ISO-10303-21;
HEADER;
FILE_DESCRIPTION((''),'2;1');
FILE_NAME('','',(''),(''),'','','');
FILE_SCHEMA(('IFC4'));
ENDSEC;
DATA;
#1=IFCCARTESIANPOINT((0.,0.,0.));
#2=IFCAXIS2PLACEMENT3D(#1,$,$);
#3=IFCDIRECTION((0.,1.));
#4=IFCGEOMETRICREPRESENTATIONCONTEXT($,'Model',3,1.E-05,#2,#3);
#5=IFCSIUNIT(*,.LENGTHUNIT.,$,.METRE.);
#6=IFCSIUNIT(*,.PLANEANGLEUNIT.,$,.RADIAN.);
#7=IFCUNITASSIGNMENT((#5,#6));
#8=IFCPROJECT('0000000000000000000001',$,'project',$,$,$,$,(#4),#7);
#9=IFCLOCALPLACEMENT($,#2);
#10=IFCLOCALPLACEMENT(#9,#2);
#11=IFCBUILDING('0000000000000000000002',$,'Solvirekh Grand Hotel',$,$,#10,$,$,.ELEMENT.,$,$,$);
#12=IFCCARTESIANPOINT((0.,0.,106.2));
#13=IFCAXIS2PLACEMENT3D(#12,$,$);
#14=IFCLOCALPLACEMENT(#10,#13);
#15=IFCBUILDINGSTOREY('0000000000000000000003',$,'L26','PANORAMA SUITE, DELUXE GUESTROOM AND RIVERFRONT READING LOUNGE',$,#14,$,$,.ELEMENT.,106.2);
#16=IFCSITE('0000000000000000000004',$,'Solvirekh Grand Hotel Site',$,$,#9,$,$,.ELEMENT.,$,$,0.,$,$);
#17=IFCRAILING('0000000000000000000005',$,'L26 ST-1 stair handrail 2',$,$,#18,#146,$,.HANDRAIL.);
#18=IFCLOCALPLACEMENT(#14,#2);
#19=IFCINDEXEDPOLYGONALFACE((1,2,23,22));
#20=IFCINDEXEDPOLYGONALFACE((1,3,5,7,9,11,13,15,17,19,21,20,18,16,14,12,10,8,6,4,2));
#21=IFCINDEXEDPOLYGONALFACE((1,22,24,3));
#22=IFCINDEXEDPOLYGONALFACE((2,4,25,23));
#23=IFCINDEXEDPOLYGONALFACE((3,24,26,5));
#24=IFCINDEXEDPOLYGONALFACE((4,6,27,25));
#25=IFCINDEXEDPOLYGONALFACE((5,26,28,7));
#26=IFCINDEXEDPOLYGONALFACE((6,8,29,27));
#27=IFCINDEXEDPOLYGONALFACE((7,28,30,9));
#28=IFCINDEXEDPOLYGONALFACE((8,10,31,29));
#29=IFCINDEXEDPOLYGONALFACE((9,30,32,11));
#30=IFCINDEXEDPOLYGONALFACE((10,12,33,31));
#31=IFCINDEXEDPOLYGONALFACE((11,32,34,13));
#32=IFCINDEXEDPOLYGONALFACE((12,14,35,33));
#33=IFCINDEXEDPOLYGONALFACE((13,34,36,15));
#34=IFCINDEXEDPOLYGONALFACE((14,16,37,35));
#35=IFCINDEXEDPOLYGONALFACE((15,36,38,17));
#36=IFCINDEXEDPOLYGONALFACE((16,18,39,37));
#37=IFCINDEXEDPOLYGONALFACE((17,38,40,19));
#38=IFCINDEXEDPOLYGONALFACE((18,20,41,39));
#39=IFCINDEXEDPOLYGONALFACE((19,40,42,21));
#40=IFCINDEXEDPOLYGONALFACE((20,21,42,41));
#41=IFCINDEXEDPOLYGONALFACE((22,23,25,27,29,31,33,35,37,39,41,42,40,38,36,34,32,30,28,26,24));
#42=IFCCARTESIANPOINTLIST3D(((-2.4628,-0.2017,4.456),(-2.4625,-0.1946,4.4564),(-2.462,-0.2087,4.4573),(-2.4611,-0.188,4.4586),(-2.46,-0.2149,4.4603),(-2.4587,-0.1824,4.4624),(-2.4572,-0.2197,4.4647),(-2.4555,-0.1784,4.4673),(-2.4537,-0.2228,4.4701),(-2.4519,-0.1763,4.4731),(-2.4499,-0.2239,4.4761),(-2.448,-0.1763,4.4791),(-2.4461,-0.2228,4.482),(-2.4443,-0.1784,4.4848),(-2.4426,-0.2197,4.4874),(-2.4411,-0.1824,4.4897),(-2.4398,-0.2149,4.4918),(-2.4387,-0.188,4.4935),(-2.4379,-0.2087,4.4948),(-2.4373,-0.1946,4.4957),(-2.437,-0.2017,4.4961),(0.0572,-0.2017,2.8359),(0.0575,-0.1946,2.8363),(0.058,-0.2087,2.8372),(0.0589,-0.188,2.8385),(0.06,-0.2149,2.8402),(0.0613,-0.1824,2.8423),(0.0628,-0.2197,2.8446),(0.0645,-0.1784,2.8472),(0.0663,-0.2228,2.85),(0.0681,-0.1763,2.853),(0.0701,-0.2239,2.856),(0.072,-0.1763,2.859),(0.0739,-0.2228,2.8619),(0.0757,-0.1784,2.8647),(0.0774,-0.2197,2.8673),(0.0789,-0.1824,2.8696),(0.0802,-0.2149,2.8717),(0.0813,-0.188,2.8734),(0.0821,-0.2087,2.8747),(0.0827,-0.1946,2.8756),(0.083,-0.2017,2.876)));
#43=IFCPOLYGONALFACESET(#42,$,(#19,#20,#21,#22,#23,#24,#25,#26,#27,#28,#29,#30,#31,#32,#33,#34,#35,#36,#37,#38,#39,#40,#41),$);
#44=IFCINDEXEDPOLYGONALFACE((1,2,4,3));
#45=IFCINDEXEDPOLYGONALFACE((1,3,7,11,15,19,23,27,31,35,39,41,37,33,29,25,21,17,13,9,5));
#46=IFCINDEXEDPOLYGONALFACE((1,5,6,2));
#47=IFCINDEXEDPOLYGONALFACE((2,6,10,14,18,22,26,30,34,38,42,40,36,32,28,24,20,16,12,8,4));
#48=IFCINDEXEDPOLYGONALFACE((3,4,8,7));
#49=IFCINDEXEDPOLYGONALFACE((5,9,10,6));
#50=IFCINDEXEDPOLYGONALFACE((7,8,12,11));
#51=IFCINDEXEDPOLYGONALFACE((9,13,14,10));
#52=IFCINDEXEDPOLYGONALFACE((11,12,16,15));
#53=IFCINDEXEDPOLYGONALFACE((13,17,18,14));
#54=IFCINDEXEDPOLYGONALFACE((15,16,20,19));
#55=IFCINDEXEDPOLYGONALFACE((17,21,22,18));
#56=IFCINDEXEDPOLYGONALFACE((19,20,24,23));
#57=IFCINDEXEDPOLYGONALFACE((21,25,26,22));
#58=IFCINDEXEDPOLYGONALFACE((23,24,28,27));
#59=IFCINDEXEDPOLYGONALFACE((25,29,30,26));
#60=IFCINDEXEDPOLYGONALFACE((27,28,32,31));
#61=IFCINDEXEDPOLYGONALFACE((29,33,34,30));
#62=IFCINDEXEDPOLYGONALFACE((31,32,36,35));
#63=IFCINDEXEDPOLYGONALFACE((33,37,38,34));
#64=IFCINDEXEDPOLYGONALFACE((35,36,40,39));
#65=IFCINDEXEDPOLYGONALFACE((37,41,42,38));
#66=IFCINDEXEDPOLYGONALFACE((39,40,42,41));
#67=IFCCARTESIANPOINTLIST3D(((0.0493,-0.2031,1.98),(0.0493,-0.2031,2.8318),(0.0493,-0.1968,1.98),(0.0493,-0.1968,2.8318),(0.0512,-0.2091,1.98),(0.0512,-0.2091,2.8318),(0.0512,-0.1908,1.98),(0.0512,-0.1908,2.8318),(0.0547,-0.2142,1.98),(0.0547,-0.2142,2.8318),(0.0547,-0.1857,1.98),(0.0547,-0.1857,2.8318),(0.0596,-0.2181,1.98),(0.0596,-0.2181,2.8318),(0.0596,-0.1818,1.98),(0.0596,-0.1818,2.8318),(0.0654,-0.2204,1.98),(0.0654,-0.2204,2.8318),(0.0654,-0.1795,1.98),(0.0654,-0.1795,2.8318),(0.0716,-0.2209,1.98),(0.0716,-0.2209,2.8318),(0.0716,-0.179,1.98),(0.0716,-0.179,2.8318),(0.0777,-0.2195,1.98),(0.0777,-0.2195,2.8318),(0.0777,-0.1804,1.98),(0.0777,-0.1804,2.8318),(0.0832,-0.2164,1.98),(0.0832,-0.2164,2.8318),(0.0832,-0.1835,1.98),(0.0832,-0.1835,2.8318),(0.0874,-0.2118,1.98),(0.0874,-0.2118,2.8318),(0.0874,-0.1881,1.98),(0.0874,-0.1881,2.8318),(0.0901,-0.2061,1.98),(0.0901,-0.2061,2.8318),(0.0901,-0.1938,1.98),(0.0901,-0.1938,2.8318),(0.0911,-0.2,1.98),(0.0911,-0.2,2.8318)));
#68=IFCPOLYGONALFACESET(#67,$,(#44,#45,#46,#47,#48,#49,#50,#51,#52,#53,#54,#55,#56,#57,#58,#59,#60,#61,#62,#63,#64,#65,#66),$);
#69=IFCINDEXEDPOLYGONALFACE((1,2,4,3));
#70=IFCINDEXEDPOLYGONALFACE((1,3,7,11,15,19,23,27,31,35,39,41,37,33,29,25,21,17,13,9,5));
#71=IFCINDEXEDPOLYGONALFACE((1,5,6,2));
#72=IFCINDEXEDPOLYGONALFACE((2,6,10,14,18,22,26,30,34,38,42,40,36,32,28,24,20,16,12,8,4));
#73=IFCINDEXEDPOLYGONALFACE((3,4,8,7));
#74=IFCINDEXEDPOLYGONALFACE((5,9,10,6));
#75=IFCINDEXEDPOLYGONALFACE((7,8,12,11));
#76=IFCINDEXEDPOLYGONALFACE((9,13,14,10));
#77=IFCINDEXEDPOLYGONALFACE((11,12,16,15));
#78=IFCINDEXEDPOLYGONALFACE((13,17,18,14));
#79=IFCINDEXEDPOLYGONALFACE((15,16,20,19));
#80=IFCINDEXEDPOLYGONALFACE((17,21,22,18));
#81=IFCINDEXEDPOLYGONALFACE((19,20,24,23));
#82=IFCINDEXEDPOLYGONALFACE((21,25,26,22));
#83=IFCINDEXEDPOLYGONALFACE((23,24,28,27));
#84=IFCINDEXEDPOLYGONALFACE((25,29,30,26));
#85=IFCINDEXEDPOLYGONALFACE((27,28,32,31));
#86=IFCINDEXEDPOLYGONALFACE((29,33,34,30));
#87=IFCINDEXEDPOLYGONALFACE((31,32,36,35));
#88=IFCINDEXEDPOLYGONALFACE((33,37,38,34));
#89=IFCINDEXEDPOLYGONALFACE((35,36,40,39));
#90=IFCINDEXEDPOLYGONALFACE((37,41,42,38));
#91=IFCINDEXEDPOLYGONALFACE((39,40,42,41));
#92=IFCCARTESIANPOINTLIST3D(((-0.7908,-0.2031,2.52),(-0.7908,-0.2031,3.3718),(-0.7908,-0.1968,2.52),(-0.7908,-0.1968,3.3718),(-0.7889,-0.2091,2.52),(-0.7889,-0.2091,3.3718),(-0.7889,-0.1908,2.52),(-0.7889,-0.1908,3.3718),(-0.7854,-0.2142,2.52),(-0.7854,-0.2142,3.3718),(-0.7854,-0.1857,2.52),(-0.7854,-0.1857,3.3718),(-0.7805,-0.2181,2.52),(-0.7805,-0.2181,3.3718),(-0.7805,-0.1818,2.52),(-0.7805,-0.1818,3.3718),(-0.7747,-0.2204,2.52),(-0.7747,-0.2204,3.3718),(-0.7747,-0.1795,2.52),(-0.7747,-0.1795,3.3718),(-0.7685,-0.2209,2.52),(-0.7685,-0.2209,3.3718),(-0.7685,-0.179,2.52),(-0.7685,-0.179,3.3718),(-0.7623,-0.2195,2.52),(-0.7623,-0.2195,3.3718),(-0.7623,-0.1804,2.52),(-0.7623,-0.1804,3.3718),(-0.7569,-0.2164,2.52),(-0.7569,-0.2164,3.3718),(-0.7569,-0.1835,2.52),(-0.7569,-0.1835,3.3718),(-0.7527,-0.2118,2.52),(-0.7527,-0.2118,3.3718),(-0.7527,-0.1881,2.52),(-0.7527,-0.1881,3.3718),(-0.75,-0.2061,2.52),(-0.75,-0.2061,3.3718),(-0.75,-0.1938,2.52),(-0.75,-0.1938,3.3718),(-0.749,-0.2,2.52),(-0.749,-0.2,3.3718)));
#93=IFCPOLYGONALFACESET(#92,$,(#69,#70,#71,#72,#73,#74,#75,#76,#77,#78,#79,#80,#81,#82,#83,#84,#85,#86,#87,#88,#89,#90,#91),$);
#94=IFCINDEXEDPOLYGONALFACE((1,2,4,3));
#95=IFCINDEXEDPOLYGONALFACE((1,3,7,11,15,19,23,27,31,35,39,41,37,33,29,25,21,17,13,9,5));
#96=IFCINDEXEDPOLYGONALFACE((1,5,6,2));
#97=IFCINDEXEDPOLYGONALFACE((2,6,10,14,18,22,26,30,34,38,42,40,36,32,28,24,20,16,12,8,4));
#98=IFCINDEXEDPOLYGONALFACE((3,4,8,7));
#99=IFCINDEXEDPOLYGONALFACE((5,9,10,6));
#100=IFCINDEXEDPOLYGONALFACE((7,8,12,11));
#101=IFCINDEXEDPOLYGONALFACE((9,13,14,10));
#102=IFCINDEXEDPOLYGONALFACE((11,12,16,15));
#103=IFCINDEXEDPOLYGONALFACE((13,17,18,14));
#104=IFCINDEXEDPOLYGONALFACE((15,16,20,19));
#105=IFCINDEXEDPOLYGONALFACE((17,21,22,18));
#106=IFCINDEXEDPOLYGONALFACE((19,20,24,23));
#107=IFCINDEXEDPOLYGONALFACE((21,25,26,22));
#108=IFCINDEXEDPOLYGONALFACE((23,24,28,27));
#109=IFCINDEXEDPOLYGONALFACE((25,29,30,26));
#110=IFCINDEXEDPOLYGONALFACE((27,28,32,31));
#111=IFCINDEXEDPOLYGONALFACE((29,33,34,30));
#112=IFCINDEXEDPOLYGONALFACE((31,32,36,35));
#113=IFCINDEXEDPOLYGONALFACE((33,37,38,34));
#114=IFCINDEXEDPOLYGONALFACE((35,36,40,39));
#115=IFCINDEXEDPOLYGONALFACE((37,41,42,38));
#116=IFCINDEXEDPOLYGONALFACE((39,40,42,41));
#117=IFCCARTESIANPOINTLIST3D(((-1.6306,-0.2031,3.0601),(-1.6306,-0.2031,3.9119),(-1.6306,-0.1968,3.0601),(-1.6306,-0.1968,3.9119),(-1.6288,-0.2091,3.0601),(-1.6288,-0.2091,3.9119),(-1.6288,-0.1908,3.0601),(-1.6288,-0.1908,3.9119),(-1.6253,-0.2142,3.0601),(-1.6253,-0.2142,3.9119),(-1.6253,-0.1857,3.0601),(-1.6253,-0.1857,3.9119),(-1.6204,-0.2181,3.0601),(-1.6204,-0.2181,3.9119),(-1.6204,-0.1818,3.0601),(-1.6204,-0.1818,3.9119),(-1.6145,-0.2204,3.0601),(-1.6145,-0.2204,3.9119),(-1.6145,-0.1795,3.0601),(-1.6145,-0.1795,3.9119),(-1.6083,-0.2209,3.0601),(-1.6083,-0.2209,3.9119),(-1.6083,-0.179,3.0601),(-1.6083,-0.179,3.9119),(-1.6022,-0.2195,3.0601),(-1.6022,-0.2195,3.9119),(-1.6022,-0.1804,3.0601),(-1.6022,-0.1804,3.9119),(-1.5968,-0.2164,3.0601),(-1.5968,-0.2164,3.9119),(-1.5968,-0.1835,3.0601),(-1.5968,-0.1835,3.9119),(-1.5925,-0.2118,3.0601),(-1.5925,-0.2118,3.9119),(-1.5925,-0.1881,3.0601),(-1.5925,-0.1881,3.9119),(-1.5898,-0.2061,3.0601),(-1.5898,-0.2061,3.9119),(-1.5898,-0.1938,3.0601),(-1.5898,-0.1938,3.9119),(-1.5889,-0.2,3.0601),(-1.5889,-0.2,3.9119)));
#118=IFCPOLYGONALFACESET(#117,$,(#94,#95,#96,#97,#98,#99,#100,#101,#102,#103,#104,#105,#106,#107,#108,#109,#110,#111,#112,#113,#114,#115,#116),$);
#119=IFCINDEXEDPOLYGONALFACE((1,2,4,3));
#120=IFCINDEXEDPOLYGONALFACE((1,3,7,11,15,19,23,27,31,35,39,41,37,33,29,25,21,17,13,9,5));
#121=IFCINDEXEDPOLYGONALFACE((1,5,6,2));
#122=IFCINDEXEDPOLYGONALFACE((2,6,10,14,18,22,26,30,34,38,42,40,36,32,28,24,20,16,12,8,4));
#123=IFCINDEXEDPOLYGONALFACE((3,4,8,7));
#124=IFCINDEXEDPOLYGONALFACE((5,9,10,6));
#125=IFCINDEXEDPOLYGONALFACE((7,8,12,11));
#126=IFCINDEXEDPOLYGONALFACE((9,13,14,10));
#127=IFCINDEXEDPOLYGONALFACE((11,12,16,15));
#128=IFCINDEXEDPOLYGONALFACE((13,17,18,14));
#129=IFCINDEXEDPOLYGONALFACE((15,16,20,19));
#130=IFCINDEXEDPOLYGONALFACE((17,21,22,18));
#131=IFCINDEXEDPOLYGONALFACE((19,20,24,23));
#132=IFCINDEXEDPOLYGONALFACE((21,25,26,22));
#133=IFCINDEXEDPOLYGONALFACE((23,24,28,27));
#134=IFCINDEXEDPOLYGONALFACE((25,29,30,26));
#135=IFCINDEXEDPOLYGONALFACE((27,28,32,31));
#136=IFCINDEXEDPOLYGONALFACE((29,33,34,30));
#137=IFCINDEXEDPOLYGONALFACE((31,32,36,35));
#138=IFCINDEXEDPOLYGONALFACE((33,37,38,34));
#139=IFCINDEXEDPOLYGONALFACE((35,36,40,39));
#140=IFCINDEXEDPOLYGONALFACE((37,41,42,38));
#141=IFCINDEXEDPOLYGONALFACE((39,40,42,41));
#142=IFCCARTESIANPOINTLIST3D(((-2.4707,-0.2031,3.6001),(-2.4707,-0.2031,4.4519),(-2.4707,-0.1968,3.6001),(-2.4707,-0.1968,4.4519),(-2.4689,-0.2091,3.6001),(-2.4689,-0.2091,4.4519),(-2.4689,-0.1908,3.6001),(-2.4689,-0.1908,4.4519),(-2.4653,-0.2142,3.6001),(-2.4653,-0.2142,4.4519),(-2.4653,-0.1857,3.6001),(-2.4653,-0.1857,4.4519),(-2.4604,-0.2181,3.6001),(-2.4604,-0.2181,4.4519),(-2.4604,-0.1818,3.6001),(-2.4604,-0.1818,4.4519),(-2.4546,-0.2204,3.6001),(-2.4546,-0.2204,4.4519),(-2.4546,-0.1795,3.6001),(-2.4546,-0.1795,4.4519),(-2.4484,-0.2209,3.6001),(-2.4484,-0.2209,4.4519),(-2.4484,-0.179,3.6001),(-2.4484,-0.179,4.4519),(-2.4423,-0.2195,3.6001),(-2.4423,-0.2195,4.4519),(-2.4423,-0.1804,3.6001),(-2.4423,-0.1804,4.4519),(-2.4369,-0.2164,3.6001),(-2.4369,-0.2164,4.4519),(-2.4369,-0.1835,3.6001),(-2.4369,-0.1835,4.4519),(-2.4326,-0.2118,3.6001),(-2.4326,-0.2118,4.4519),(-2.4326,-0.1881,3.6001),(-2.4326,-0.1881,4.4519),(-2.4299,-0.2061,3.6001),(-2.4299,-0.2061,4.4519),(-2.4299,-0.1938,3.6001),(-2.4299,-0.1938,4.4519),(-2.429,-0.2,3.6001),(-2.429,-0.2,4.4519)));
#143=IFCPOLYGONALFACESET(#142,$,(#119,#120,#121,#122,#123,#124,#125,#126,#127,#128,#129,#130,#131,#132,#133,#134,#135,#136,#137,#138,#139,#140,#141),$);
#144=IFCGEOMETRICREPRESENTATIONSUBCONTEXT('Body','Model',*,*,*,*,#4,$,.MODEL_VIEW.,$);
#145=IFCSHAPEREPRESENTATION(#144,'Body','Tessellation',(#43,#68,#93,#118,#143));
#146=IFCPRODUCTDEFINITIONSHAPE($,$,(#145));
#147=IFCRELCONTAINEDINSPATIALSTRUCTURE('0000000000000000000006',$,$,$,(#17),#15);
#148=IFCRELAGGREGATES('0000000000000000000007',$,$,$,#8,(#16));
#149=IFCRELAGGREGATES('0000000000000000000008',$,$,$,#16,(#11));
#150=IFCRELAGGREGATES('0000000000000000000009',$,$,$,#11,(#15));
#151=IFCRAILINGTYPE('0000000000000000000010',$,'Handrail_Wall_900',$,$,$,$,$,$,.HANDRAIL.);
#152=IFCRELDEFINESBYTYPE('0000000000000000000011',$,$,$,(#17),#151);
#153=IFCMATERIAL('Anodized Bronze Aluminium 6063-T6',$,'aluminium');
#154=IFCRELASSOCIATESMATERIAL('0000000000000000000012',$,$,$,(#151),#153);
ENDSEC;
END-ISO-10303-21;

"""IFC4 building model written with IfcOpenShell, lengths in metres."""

from ifc_helpers import new_model, si_unit, direction, frame, origin, origin_2d, place, context, subcontext, project, spatial, circle, extrude, material, type_object, element, save


model = new_model("IFC4")

# Units and contexts
model_context = context("Model", 3, precision=1e-05, world=origin(), true_north=direction((0.0, 1.0)))
body_context = subcontext(model_context, "Body", "Model", "MODEL_VIEW")
ifc_project = project(units=[si_unit("LENGTHUNIT", "METRE"), si_unit("PLANEANGLEUNIT", "RADIAN")], contexts=[model_context])

# Site, building, storey
site_placement = place(None, origin())
site = spatial("IfcSite", under=ifc_project, at=site_placement, Name="Solvirekh Grand Hotel Site", CompositionType="ELEMENT", RefElevation=0.0)
building_placement = place(site_placement, origin())
building = spatial("IfcBuilding", under=site, at=building_placement, Name="Solvirekh Grand Hotel", CompositionType="ELEMENT")
storey_placement = place(building_placement, frame((0.0, 0.0, 106.2)))
storey = spatial("IfcBuildingStorey", under=building, at=storey_placement, Name="L26", Description="PANORAMA SUITE, DELUXE GUESTROOM AND RIVERFRONT READING LOUNGE", CompositionType="ELEMENT", Elevation=106.2)

# Railing
ifc_material_1 = material(Name="Anodized Bronze Aluminium 6063-T6", Category="aluminium")
railing_type_1 = type_object("IfcRailingType", Name="Handrail_Wall_900", PredefinedType="HANDRAIL", material=ifc_material_1)
railing_1_placement = place(storey_placement, frame((0.0701, -0.2, 1.98)))
element("IfcRailing", 1, at=railing_1_placement, inside=storey, type_object=railing_type_1, Name="L26 ST-1 stair handrail 2", PredefinedType="HANDRAIL", context=body_context, shape_type="SweptSolid", body=[
    extrude(circle(Radius=0.0239, at=origin_2d()), frame((0.0, 0.0, 0.876), z_axis=(-0.841163, 0.0, 0.540782), x_axis=(0.0, -1.0, 0.0)), (0.0, 0.0, 1.0), 2.9958),
    extrude(circle(Radius=0.021, at=origin_2d()), origin(), (0.0, 0.0, 1.0), 0.8518),
    extrude(circle(Radius=0.021, at=origin_2d()), frame((-0.8401, 0.0, 0.54)), (0.0, 0.0, 1.0), 0.8518),
    extrude(circle(Radius=0.021, at=origin_2d()), frame((-1.6799, 0.0, 1.0801)), (0.0, 0.0, 1.0), 0.8518),
    extrude(circle(Radius=0.021, at=origin_2d()), frame((-2.52, 0.0, 1.6201)), (0.0, 0.0, 1.0), 0.8518),
])

save(model, "model.ifc")
